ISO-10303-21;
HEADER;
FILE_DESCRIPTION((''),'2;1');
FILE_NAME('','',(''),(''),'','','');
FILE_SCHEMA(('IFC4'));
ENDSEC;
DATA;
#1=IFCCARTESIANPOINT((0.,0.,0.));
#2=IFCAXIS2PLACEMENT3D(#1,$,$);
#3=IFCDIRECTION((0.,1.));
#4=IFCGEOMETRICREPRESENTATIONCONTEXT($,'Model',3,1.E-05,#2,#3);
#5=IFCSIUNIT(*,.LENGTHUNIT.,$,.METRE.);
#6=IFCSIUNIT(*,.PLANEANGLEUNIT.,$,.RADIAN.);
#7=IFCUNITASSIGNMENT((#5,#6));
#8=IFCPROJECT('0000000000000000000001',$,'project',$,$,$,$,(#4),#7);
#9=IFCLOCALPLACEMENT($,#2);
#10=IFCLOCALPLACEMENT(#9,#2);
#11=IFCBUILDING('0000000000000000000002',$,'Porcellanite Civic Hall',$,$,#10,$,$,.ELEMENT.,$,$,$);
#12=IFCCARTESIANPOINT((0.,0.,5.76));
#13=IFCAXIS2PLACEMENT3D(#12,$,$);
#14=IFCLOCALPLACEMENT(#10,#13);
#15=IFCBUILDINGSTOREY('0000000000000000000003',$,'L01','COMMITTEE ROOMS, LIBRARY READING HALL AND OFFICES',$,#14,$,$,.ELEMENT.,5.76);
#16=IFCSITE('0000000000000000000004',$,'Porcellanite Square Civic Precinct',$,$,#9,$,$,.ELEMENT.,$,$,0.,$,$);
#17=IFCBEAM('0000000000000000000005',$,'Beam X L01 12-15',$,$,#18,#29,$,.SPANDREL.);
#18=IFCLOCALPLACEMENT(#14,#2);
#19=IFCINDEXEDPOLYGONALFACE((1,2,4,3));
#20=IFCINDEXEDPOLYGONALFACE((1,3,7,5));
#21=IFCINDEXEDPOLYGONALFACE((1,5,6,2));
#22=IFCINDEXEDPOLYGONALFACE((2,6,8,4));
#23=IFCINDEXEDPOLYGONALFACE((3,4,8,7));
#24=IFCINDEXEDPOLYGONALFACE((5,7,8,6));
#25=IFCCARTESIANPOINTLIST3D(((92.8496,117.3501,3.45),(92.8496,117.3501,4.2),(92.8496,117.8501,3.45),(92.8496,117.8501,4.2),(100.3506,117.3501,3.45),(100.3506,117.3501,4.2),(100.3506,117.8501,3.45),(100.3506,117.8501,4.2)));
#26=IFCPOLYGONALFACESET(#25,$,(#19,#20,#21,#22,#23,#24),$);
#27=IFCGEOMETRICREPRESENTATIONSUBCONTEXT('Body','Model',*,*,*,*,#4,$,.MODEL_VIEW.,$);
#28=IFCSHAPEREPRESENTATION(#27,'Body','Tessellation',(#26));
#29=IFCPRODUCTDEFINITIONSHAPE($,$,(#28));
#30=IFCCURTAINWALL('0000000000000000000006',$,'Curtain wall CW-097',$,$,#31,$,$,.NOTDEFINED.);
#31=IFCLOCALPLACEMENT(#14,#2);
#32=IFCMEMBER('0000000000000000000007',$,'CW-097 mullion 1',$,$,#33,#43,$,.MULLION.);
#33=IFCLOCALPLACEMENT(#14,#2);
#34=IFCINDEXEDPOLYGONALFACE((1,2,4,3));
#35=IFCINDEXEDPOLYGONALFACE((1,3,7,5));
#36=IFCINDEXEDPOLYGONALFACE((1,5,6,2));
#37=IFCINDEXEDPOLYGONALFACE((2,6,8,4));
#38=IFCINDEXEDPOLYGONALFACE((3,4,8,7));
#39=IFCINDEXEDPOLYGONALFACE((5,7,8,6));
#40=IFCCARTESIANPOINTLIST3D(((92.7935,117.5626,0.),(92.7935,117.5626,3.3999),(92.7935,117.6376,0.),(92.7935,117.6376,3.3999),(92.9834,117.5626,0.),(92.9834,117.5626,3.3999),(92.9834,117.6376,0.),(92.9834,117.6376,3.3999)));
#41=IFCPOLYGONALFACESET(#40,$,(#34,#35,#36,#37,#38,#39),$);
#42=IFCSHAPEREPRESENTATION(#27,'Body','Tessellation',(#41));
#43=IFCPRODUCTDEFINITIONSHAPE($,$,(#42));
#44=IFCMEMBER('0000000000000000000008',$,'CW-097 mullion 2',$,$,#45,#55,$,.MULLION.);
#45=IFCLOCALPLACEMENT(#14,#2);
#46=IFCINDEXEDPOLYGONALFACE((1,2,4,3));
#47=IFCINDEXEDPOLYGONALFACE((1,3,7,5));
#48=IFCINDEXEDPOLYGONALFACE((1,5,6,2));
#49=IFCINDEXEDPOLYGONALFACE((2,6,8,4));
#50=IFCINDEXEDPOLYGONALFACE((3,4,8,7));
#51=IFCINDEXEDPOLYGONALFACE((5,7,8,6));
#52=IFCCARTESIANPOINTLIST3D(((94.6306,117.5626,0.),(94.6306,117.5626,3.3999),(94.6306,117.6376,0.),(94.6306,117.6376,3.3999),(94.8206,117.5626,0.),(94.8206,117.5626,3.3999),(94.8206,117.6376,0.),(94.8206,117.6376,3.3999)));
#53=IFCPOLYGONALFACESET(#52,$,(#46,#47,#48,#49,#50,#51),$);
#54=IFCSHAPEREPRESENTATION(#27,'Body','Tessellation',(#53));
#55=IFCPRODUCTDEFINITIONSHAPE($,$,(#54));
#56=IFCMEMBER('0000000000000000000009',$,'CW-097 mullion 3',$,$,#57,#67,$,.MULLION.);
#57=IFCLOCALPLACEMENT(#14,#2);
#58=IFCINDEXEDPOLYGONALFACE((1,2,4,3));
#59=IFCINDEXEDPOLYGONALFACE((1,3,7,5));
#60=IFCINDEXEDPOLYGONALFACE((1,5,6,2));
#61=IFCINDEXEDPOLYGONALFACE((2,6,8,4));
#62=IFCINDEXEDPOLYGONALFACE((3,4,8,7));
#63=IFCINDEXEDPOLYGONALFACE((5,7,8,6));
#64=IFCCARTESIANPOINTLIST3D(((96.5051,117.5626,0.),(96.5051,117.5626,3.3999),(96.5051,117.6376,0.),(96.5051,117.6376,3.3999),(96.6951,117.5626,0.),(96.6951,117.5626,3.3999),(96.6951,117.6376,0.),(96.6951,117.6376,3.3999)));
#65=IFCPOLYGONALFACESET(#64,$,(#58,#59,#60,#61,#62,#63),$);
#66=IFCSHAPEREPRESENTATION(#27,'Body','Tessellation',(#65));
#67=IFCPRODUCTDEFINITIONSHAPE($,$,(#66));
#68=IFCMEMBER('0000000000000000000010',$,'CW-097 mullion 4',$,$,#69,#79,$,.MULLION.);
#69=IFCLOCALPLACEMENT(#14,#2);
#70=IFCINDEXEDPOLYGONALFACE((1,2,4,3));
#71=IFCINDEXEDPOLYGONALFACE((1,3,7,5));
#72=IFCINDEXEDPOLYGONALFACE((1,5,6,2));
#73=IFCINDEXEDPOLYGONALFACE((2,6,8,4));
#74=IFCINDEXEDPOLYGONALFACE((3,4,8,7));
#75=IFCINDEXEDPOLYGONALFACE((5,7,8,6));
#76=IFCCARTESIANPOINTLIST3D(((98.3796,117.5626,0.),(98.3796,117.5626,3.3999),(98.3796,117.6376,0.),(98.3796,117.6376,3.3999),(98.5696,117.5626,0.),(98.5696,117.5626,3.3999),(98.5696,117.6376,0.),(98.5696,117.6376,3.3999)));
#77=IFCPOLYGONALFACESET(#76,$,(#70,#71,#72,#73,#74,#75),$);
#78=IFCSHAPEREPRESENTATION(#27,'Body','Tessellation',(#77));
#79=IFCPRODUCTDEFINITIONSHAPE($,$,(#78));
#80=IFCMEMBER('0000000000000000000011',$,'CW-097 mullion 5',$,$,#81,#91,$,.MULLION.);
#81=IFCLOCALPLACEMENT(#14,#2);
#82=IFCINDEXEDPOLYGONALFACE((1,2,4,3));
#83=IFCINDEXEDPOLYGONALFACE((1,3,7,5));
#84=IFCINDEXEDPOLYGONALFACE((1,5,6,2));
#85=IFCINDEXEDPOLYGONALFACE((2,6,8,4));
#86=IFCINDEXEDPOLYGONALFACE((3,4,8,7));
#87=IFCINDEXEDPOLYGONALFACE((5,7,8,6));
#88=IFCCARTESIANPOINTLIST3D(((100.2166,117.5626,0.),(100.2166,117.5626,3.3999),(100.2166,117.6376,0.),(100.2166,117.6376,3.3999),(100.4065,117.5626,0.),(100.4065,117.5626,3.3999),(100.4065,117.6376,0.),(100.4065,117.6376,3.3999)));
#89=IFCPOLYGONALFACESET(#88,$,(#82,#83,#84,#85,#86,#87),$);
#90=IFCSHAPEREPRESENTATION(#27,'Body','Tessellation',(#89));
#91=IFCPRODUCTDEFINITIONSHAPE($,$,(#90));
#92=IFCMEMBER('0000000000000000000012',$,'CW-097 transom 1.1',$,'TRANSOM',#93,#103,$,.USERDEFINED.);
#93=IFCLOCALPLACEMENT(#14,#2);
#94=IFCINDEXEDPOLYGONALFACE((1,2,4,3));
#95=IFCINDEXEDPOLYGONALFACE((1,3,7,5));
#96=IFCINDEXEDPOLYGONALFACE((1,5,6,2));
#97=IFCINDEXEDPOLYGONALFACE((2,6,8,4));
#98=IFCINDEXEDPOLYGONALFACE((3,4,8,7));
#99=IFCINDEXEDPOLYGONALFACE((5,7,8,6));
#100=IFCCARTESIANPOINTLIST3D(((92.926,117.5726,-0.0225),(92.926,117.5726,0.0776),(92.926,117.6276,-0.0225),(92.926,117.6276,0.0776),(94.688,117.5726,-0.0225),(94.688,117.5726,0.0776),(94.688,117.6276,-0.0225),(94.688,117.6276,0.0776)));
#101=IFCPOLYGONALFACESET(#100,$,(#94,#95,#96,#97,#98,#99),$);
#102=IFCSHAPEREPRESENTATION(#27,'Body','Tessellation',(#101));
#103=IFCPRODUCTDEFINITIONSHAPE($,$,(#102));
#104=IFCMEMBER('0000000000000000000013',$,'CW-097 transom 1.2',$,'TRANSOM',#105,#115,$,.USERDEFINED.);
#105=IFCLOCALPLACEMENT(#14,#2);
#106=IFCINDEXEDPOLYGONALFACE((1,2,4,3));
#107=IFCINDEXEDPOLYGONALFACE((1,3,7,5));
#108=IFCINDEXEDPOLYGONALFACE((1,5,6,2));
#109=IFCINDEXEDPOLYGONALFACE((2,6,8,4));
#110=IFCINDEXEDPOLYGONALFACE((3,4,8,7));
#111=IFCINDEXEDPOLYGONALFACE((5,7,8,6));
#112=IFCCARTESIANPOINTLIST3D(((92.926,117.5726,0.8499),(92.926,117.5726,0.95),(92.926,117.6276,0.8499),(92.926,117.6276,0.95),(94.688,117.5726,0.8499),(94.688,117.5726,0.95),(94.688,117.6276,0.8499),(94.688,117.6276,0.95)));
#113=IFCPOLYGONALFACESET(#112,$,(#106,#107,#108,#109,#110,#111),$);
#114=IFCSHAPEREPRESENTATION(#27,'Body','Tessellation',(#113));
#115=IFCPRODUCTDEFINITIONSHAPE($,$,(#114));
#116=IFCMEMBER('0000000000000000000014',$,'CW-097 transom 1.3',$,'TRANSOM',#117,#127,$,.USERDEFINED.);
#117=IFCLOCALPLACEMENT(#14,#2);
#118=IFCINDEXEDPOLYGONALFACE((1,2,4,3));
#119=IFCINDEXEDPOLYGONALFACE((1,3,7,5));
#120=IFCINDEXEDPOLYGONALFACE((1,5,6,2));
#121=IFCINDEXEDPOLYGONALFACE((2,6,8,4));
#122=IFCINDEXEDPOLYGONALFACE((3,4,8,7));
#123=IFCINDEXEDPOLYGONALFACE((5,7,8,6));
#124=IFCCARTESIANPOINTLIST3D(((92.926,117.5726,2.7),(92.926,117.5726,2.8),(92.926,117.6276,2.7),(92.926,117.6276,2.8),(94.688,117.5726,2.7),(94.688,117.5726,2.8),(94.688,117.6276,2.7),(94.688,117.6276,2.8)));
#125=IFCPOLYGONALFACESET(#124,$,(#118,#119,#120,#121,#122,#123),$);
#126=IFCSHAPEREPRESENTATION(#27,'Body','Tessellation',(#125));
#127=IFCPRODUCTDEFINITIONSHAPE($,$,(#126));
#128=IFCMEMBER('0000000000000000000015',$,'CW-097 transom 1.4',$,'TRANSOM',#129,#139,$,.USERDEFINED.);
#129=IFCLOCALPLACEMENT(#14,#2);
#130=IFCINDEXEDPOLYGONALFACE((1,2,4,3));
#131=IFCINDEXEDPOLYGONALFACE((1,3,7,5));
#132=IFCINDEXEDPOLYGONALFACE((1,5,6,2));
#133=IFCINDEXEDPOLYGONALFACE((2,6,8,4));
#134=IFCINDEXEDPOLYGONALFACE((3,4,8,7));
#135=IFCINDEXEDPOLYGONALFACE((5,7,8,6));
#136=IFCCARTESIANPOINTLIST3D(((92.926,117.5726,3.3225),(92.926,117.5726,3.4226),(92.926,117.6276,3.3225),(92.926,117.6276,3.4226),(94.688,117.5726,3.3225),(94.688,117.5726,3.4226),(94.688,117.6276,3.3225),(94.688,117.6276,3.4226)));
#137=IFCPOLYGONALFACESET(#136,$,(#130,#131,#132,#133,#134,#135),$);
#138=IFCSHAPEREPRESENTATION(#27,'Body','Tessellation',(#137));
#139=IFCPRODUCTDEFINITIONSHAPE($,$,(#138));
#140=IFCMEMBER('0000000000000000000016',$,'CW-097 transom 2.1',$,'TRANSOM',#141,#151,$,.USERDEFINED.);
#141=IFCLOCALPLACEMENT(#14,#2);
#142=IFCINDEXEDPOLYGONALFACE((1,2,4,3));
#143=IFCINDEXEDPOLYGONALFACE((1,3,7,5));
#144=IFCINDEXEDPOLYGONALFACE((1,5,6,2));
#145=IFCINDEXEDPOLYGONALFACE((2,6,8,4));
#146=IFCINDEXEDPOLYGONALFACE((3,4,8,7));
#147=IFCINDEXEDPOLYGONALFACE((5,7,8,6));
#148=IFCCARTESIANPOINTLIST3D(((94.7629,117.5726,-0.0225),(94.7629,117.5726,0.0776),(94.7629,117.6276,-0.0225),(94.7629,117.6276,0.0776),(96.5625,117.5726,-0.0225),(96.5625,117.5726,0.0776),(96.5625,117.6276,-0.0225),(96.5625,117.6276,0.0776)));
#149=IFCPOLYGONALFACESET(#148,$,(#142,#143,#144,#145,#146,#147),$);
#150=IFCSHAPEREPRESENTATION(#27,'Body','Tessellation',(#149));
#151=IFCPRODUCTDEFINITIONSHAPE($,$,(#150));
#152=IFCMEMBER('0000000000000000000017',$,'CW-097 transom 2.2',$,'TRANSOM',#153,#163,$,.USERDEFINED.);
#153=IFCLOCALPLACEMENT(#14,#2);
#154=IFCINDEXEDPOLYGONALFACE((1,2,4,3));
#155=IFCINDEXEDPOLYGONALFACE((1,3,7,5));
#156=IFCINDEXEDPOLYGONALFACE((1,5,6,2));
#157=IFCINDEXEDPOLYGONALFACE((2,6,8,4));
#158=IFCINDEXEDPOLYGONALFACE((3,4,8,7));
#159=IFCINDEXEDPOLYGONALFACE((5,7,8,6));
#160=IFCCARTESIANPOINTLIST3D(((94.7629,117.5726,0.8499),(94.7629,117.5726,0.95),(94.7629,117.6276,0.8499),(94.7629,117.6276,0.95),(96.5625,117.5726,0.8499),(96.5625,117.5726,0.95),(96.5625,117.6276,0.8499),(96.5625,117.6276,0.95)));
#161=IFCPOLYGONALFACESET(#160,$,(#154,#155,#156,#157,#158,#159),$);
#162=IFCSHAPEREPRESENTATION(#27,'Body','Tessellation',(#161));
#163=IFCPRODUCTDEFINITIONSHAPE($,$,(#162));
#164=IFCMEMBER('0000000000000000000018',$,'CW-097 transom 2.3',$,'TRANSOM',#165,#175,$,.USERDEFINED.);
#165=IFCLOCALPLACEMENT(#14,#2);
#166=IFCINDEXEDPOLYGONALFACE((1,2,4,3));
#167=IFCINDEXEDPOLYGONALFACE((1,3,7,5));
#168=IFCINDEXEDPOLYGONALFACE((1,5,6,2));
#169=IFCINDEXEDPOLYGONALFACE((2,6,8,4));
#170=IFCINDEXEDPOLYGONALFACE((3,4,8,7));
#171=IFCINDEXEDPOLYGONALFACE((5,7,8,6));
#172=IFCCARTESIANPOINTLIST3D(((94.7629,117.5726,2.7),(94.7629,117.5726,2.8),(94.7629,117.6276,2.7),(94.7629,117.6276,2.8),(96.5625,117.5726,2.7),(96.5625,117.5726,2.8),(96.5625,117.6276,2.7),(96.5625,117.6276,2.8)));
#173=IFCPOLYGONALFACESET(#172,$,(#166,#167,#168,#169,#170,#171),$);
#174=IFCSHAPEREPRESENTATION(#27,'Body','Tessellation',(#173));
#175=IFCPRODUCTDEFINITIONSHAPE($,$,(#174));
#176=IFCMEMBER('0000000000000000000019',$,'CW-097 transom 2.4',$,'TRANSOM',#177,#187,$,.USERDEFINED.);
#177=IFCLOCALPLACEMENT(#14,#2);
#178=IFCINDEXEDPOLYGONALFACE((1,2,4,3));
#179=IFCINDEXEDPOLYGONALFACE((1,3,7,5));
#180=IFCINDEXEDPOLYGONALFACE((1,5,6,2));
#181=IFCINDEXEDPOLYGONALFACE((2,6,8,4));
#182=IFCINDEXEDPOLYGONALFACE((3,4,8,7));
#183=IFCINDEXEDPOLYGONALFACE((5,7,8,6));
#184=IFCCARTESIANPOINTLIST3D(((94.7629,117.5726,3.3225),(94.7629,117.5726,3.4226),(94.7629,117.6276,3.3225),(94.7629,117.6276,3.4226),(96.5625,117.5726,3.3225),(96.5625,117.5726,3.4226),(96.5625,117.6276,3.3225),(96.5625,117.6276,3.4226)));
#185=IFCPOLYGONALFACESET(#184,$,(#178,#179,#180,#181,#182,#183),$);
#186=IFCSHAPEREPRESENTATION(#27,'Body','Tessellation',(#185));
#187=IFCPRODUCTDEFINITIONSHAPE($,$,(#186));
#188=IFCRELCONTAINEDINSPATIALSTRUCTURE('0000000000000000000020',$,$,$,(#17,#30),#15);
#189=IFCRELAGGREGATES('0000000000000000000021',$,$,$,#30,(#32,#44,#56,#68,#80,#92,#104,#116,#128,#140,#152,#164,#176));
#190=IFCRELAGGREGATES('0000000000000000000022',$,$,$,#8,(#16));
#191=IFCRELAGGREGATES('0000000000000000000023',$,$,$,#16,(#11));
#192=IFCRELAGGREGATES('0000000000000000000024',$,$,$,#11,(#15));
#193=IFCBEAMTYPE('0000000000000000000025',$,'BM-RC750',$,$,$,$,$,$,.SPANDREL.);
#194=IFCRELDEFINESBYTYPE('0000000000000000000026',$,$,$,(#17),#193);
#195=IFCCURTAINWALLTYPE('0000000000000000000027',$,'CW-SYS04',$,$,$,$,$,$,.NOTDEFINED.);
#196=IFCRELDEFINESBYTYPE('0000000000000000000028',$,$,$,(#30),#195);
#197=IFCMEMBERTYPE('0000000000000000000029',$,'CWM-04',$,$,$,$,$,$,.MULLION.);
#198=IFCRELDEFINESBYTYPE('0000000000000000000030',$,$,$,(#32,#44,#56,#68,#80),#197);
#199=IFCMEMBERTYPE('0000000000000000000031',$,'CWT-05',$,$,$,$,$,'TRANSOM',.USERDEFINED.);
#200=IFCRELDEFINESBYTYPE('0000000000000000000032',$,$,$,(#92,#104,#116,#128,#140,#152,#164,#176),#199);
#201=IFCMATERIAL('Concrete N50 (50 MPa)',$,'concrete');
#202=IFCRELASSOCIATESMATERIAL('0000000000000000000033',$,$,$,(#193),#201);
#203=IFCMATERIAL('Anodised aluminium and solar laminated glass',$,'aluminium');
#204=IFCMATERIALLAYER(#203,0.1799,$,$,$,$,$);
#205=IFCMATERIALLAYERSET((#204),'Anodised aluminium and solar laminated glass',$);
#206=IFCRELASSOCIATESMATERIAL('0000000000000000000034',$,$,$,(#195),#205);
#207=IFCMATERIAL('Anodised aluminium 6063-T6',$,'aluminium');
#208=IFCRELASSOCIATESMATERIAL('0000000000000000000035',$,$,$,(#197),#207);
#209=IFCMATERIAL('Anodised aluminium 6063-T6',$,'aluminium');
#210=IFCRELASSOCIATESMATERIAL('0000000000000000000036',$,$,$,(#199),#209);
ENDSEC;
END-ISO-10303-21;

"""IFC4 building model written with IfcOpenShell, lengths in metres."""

from ifc_helpers import new_model, si_unit, direction, frame, origin, origin_2d, place, context, subcontext, project, spatial, rectangle, extrude, material, layer, layer_set, material_profile, profile_set, type_object, element, aggregate, save


model = new_model("IFC4")

# Units and contexts
model_context = context("Model", 3, precision=1e-05, world=origin(), true_north=direction((0.0, 1.0)))
body_context = subcontext(model_context, "Body", "Model", "MODEL_VIEW")
ifc_project = project(units=[si_unit("LENGTHUNIT", "METRE"), si_unit("PLANEANGLEUNIT", "RADIAN")], contexts=[model_context])

# Site, building, storey
site_placement = place(None, origin())
site = spatial("IfcSite", under=ifc_project, at=site_placement, Name="Porcellanite Square Civic Precinct", CompositionType="ELEMENT", RefElevation=0.0)
building_placement = place(site_placement, origin())
building = spatial("IfcBuilding", under=site, at=building_placement, Name="Porcellanite Civic Hall", CompositionType="ELEMENT")
storey_placement = place(building_placement, frame((0.0, 0.0, 5.76)))
storey = spatial("IfcBuildingStorey", under=building, at=storey_placement, Name="L01", Description="COMMITTEE ROOMS, LIBRARY READING HALL AND OFFICES", CompositionType="ELEMENT", Elevation=5.76)

# Beam
ifc_material_1 = material(Name="Concrete N50 (50 MPa)", Category="concrete")
ifc_material_profile_1 = material_profile(ifc_material_1, rectangle(XDim=0.5, YDim=0.75, at=origin_2d()), Name="RC-500x750")
ifc_profile_set_1 = profile_set([ifc_material_profile_1], Name="Concrete N50 (50 MPa)")
beam_type = type_object("IfcBeamType", Name="BM-RC750", PredefinedType="SPANDREL", material=ifc_profile_set_1)
beam_placement = place(storey_placement, frame((92.8496, 117.6001, 3.825), z_axis=(1.0, 0.0, 0.0), x_axis=(0.0, 1.0, 0.0)))
element("IfcBeam", 1, at=beam_placement, inside=storey, type_object=beam_type, Name="Beam X L01 12-15", PredefinedType="SPANDREL", context=body_context, shape_type="SweptSolid", body=[
    extrude(rectangle(XDim=0.5, YDim=0.75, at=origin_2d()), origin(), (0.0, 0.0, 1.0), 7.501),
])

# Curtain wall, members
ifc_material_2 = material(Name="Anodised aluminium and solar laminated glass", Category="aluminium")
ifc_layer_1 = layer(ifc_material_2, 0.1799)
ifc_layer_set_1 = layer_set([ifc_layer_1], Name="Anodised aluminium and solar laminated glass")
curtain_wall_type = type_object("IfcCurtainWallType", Name="CW-SYS04", PredefinedType="NOTDEFINED", material=ifc_layer_set_1)
curtain_wall_placement = place(storey_placement, origin())
curtain_wall = element("IfcCurtainWall", 2, at=curtain_wall_placement, inside=storey, type_object=curtain_wall_type, Name="Curtain wall CW-097", PredefinedType="NOTDEFINED")
ifc_material_3 = material(Name="Anodised aluminium 6063-T6", Category="aluminium")
ifc_material_profile_2 = material_profile(ifc_material_3, rectangle(XDim=0.075, YDim=0.1899, at=origin_2d()), Name="AL-75x190")
ifc_profile_set_2 = profile_set([ifc_material_profile_2], Name="Anodised aluminium 6063-T6")
member_type_1 = type_object("IfcMemberType", Name="CWM-04", PredefinedType="MULLION", material=ifc_profile_set_2)
member_1_placement = place(storey_placement, frame((92.8884, 117.6001, 0.0), z_axis=(0.0, 0.0, 1.0), x_axis=(0.0, 1.0, 0.0)))
member_1 = element("IfcMember", 3, at=member_1_placement, type_object=member_type_1, Name="CW-097 mullion 1", PredefinedType="MULLION", context=body_context, shape_type="SweptSolid", body=[
    extrude(rectangle(XDim=0.075, YDim=0.1899, at=origin_2d()), origin(), (0.0, 0.0, 1.0), 3.3999),
])
member_2_placement = place(storey_placement, frame((94.7256, 117.6001, 0.0), z_axis=(0.0, 0.0, 1.0), x_axis=(0.0, 1.0, 0.0)))
member_2 = element("IfcMember", 4, at=member_2_placement, type_object=member_type_1, Name="CW-097 mullion 2", PredefinedType="MULLION", context=body_context, shape_type="SweptSolid", body=[
    extrude(rectangle(XDim=0.075, YDim=0.1899, at=origin_2d()), origin(), (0.0, 0.0, 1.0), 3.3999),
])
member_3_placement = place(storey_placement, frame((96.6001, 117.6001, 0.0), z_axis=(0.0, 0.0, 1.0), x_axis=(0.0, 1.0, 0.0)))
member_3 = element("IfcMember", 5, at=member_3_placement, type_object=member_type_1, Name="CW-097 mullion 3", PredefinedType="MULLION", context=body_context, shape_type="SweptSolid", body=[
    extrude(rectangle(XDim=0.075, YDim=0.1899, at=origin_2d()), origin(), (0.0, 0.0, 1.0), 3.3999),
])
member_4_placement = place(storey_placement, frame((98.4746, 117.6001, 0.0), z_axis=(0.0, 0.0, 1.0), x_axis=(0.0, 1.0, 0.0)))
member_4 = element("IfcMember", 6, at=member_4_placement, type_object=member_type_1, Name="CW-097 mullion 4", PredefinedType="MULLION", context=body_context, shape_type="SweptSolid", body=[
    extrude(rectangle(XDim=0.075, YDim=0.1899, at=origin_2d()), origin(), (0.0, 0.0, 1.0), 3.3999),
])
member_5_placement = place(storey_placement, frame((100.3115, 117.6001, 0.0), z_axis=(0.0, 0.0, 1.0), x_axis=(0.0, 1.0, 0.0)))
member_5 = element("IfcMember", 7, at=member_5_placement, type_object=member_type_1, Name="CW-097 mullion 5", PredefinedType="MULLION", context=body_context, shape_type="SweptSolid", body=[
    extrude(rectangle(XDim=0.075, YDim=0.1899, at=origin_2d()), origin(), (0.0, 0.0, 1.0), 3.3999),
])
ifc_material_4 = material(Name="Anodised aluminium 6063-T6", Category="aluminium")
ifc_material_profile_3 = material_profile(ifc_material_4, rectangle(XDim=0.0549, YDim=0.1001, at=origin_2d()), Name="AL-55x100")
ifc_profile_set_3 = profile_set([ifc_material_profile_3], Name="Anodised aluminium 6063-T6")
member_type_2 = type_object("IfcMemberType", Name="CWT-05", ElementType="TRANSOM", PredefinedType="USERDEFINED", material=ifc_profile_set_3)
member_6_placement = place(storey_placement, frame((92.926, 117.6001, 0.0276), z_axis=(1.0, 0.0, 0.0), x_axis=(0.0, 1.0, 0.0)))
member_6 = element("IfcMember", 8, at=member_6_placement, type_object=member_type_2, Name="CW-097 transom 1.1", ObjectType="TRANSOM", PredefinedType="USERDEFINED", context=body_context, shape_type="SweptSolid", body=[
    extrude(rectangle(XDim=0.0549, YDim=0.1001, at=origin_2d()), origin(), (0.0, 0.0, 1.0), 1.762),
])
member_7_placement = place(storey_placement, frame((92.926, 117.6001, 0.8999), z_axis=(1.0, 0.0, 0.0), x_axis=(0.0, 1.0, 0.0)))
member_7 = element("IfcMember", 9, at=member_7_placement, type_object=member_type_2, Name="CW-097 transom 1.2", ObjectType="TRANSOM", PredefinedType="USERDEFINED", context=body_context, shape_type="SweptSolid", body=[
    extrude(rectangle(XDim=0.0549, YDim=0.1001, at=origin_2d()), origin(), (0.0, 0.0, 1.0), 1.762),
])
member_8_placement = place(storey_placement, frame((92.926, 117.6001, 2.75), z_axis=(1.0, 0.0, 0.0), x_axis=(0.0, 1.0, 0.0)))
member_8 = element("IfcMember", 10, at=member_8_placement, type_object=member_type_2, Name="CW-097 transom 1.3", ObjectType="TRANSOM", PredefinedType="USERDEFINED", context=body_context, shape_type="SweptSolid", body=[
    extrude(rectangle(XDim=0.0549, YDim=0.1001, at=origin_2d()), origin(), (0.0, 0.0, 1.0), 1.762),
])
member_9_placement = place(storey_placement, frame((92.926, 117.6001, 3.3726), z_axis=(1.0, 0.0, 0.0), x_axis=(0.0, 1.0, 0.0)))
member_9 = element("IfcMember", 11, at=member_9_placement, type_object=member_type_2, Name="CW-097 transom 1.4", ObjectType="TRANSOM", PredefinedType="USERDEFINED", context=body_context, shape_type="SweptSolid", body=[
    extrude(rectangle(XDim=0.0549, YDim=0.1001, at=origin_2d()), origin(), (0.0, 0.0, 1.0), 1.762),
])
member_10_placement = place(storey_placement, frame((94.7629, 117.6001, 0.0276), z_axis=(1.0, 0.0, 0.0), x_axis=(0.0, 1.0, 0.0)))
member_10 = element("IfcMember", 12, at=member_10_placement, type_object=member_type_2, Name="CW-097 transom 2.1", ObjectType="TRANSOM", PredefinedType="USERDEFINED", context=body_context, shape_type="SweptSolid", body=[
    extrude(rectangle(XDim=0.0549, YDim=0.1001, at=origin_2d()), origin(), (0.0, 0.0, 1.0), 1.7996),
])
member_11_placement = place(storey_placement, frame((94.7629, 117.6001, 0.8999), z_axis=(1.0, 0.0, 0.0), x_axis=(0.0, 1.0, 0.0)))
member_11 = element("IfcMember", 13, at=member_11_placement, type_object=member_type_2, Name="CW-097 transom 2.2", ObjectType="TRANSOM", PredefinedType="USERDEFINED", context=body_context, shape_type="SweptSolid", body=[
    extrude(rectangle(XDim=0.0549, YDim=0.1001, at=origin_2d()), origin(), (0.0, 0.0, 1.0), 1.7996),
])
member_12_placement = place(storey_placement, frame((94.7629, 117.6001, 2.75), z_axis=(1.0, 0.0, 0.0), x_axis=(0.0, 1.0, 0.0)))
member_12 = element("IfcMember", 14, at=member_12_placement, type_object=member_type_2, Name="CW-097 transom 2.3", ObjectType="TRANSOM", PredefinedType="USERDEFINED", context=body_context, shape_type="SweptSolid", body=[
    extrude(rectangle(XDim=0.0549, YDim=0.1001, at=origin_2d()), origin(), (0.0, 0.0, 1.0), 1.7996),
])
member_13_placement = place(storey_placement, frame((94.7629, 117.6001, 3.3726), z_axis=(1.0, 0.0, 0.0), x_axis=(0.0, 1.0, 0.0)))
member_13 = element("IfcMember", 15, at=member_13_placement, type_object=member_type_2, Name="CW-097 transom 2.4", ObjectType="TRANSOM", PredefinedType="USERDEFINED", context=body_context, shape_type="SweptSolid", body=[
    extrude(rectangle(XDim=0.0549, YDim=0.1001, at=origin_2d()), origin(), (0.0, 0.0, 1.0), 1.7996),
])

aggregate(curtain_wall, [member_1, member_2, member_3, member_4, member_5, member_6, member_7, member_8, member_9, member_10, member_11, member_12, member_13])

save(model, "model.ifc")
